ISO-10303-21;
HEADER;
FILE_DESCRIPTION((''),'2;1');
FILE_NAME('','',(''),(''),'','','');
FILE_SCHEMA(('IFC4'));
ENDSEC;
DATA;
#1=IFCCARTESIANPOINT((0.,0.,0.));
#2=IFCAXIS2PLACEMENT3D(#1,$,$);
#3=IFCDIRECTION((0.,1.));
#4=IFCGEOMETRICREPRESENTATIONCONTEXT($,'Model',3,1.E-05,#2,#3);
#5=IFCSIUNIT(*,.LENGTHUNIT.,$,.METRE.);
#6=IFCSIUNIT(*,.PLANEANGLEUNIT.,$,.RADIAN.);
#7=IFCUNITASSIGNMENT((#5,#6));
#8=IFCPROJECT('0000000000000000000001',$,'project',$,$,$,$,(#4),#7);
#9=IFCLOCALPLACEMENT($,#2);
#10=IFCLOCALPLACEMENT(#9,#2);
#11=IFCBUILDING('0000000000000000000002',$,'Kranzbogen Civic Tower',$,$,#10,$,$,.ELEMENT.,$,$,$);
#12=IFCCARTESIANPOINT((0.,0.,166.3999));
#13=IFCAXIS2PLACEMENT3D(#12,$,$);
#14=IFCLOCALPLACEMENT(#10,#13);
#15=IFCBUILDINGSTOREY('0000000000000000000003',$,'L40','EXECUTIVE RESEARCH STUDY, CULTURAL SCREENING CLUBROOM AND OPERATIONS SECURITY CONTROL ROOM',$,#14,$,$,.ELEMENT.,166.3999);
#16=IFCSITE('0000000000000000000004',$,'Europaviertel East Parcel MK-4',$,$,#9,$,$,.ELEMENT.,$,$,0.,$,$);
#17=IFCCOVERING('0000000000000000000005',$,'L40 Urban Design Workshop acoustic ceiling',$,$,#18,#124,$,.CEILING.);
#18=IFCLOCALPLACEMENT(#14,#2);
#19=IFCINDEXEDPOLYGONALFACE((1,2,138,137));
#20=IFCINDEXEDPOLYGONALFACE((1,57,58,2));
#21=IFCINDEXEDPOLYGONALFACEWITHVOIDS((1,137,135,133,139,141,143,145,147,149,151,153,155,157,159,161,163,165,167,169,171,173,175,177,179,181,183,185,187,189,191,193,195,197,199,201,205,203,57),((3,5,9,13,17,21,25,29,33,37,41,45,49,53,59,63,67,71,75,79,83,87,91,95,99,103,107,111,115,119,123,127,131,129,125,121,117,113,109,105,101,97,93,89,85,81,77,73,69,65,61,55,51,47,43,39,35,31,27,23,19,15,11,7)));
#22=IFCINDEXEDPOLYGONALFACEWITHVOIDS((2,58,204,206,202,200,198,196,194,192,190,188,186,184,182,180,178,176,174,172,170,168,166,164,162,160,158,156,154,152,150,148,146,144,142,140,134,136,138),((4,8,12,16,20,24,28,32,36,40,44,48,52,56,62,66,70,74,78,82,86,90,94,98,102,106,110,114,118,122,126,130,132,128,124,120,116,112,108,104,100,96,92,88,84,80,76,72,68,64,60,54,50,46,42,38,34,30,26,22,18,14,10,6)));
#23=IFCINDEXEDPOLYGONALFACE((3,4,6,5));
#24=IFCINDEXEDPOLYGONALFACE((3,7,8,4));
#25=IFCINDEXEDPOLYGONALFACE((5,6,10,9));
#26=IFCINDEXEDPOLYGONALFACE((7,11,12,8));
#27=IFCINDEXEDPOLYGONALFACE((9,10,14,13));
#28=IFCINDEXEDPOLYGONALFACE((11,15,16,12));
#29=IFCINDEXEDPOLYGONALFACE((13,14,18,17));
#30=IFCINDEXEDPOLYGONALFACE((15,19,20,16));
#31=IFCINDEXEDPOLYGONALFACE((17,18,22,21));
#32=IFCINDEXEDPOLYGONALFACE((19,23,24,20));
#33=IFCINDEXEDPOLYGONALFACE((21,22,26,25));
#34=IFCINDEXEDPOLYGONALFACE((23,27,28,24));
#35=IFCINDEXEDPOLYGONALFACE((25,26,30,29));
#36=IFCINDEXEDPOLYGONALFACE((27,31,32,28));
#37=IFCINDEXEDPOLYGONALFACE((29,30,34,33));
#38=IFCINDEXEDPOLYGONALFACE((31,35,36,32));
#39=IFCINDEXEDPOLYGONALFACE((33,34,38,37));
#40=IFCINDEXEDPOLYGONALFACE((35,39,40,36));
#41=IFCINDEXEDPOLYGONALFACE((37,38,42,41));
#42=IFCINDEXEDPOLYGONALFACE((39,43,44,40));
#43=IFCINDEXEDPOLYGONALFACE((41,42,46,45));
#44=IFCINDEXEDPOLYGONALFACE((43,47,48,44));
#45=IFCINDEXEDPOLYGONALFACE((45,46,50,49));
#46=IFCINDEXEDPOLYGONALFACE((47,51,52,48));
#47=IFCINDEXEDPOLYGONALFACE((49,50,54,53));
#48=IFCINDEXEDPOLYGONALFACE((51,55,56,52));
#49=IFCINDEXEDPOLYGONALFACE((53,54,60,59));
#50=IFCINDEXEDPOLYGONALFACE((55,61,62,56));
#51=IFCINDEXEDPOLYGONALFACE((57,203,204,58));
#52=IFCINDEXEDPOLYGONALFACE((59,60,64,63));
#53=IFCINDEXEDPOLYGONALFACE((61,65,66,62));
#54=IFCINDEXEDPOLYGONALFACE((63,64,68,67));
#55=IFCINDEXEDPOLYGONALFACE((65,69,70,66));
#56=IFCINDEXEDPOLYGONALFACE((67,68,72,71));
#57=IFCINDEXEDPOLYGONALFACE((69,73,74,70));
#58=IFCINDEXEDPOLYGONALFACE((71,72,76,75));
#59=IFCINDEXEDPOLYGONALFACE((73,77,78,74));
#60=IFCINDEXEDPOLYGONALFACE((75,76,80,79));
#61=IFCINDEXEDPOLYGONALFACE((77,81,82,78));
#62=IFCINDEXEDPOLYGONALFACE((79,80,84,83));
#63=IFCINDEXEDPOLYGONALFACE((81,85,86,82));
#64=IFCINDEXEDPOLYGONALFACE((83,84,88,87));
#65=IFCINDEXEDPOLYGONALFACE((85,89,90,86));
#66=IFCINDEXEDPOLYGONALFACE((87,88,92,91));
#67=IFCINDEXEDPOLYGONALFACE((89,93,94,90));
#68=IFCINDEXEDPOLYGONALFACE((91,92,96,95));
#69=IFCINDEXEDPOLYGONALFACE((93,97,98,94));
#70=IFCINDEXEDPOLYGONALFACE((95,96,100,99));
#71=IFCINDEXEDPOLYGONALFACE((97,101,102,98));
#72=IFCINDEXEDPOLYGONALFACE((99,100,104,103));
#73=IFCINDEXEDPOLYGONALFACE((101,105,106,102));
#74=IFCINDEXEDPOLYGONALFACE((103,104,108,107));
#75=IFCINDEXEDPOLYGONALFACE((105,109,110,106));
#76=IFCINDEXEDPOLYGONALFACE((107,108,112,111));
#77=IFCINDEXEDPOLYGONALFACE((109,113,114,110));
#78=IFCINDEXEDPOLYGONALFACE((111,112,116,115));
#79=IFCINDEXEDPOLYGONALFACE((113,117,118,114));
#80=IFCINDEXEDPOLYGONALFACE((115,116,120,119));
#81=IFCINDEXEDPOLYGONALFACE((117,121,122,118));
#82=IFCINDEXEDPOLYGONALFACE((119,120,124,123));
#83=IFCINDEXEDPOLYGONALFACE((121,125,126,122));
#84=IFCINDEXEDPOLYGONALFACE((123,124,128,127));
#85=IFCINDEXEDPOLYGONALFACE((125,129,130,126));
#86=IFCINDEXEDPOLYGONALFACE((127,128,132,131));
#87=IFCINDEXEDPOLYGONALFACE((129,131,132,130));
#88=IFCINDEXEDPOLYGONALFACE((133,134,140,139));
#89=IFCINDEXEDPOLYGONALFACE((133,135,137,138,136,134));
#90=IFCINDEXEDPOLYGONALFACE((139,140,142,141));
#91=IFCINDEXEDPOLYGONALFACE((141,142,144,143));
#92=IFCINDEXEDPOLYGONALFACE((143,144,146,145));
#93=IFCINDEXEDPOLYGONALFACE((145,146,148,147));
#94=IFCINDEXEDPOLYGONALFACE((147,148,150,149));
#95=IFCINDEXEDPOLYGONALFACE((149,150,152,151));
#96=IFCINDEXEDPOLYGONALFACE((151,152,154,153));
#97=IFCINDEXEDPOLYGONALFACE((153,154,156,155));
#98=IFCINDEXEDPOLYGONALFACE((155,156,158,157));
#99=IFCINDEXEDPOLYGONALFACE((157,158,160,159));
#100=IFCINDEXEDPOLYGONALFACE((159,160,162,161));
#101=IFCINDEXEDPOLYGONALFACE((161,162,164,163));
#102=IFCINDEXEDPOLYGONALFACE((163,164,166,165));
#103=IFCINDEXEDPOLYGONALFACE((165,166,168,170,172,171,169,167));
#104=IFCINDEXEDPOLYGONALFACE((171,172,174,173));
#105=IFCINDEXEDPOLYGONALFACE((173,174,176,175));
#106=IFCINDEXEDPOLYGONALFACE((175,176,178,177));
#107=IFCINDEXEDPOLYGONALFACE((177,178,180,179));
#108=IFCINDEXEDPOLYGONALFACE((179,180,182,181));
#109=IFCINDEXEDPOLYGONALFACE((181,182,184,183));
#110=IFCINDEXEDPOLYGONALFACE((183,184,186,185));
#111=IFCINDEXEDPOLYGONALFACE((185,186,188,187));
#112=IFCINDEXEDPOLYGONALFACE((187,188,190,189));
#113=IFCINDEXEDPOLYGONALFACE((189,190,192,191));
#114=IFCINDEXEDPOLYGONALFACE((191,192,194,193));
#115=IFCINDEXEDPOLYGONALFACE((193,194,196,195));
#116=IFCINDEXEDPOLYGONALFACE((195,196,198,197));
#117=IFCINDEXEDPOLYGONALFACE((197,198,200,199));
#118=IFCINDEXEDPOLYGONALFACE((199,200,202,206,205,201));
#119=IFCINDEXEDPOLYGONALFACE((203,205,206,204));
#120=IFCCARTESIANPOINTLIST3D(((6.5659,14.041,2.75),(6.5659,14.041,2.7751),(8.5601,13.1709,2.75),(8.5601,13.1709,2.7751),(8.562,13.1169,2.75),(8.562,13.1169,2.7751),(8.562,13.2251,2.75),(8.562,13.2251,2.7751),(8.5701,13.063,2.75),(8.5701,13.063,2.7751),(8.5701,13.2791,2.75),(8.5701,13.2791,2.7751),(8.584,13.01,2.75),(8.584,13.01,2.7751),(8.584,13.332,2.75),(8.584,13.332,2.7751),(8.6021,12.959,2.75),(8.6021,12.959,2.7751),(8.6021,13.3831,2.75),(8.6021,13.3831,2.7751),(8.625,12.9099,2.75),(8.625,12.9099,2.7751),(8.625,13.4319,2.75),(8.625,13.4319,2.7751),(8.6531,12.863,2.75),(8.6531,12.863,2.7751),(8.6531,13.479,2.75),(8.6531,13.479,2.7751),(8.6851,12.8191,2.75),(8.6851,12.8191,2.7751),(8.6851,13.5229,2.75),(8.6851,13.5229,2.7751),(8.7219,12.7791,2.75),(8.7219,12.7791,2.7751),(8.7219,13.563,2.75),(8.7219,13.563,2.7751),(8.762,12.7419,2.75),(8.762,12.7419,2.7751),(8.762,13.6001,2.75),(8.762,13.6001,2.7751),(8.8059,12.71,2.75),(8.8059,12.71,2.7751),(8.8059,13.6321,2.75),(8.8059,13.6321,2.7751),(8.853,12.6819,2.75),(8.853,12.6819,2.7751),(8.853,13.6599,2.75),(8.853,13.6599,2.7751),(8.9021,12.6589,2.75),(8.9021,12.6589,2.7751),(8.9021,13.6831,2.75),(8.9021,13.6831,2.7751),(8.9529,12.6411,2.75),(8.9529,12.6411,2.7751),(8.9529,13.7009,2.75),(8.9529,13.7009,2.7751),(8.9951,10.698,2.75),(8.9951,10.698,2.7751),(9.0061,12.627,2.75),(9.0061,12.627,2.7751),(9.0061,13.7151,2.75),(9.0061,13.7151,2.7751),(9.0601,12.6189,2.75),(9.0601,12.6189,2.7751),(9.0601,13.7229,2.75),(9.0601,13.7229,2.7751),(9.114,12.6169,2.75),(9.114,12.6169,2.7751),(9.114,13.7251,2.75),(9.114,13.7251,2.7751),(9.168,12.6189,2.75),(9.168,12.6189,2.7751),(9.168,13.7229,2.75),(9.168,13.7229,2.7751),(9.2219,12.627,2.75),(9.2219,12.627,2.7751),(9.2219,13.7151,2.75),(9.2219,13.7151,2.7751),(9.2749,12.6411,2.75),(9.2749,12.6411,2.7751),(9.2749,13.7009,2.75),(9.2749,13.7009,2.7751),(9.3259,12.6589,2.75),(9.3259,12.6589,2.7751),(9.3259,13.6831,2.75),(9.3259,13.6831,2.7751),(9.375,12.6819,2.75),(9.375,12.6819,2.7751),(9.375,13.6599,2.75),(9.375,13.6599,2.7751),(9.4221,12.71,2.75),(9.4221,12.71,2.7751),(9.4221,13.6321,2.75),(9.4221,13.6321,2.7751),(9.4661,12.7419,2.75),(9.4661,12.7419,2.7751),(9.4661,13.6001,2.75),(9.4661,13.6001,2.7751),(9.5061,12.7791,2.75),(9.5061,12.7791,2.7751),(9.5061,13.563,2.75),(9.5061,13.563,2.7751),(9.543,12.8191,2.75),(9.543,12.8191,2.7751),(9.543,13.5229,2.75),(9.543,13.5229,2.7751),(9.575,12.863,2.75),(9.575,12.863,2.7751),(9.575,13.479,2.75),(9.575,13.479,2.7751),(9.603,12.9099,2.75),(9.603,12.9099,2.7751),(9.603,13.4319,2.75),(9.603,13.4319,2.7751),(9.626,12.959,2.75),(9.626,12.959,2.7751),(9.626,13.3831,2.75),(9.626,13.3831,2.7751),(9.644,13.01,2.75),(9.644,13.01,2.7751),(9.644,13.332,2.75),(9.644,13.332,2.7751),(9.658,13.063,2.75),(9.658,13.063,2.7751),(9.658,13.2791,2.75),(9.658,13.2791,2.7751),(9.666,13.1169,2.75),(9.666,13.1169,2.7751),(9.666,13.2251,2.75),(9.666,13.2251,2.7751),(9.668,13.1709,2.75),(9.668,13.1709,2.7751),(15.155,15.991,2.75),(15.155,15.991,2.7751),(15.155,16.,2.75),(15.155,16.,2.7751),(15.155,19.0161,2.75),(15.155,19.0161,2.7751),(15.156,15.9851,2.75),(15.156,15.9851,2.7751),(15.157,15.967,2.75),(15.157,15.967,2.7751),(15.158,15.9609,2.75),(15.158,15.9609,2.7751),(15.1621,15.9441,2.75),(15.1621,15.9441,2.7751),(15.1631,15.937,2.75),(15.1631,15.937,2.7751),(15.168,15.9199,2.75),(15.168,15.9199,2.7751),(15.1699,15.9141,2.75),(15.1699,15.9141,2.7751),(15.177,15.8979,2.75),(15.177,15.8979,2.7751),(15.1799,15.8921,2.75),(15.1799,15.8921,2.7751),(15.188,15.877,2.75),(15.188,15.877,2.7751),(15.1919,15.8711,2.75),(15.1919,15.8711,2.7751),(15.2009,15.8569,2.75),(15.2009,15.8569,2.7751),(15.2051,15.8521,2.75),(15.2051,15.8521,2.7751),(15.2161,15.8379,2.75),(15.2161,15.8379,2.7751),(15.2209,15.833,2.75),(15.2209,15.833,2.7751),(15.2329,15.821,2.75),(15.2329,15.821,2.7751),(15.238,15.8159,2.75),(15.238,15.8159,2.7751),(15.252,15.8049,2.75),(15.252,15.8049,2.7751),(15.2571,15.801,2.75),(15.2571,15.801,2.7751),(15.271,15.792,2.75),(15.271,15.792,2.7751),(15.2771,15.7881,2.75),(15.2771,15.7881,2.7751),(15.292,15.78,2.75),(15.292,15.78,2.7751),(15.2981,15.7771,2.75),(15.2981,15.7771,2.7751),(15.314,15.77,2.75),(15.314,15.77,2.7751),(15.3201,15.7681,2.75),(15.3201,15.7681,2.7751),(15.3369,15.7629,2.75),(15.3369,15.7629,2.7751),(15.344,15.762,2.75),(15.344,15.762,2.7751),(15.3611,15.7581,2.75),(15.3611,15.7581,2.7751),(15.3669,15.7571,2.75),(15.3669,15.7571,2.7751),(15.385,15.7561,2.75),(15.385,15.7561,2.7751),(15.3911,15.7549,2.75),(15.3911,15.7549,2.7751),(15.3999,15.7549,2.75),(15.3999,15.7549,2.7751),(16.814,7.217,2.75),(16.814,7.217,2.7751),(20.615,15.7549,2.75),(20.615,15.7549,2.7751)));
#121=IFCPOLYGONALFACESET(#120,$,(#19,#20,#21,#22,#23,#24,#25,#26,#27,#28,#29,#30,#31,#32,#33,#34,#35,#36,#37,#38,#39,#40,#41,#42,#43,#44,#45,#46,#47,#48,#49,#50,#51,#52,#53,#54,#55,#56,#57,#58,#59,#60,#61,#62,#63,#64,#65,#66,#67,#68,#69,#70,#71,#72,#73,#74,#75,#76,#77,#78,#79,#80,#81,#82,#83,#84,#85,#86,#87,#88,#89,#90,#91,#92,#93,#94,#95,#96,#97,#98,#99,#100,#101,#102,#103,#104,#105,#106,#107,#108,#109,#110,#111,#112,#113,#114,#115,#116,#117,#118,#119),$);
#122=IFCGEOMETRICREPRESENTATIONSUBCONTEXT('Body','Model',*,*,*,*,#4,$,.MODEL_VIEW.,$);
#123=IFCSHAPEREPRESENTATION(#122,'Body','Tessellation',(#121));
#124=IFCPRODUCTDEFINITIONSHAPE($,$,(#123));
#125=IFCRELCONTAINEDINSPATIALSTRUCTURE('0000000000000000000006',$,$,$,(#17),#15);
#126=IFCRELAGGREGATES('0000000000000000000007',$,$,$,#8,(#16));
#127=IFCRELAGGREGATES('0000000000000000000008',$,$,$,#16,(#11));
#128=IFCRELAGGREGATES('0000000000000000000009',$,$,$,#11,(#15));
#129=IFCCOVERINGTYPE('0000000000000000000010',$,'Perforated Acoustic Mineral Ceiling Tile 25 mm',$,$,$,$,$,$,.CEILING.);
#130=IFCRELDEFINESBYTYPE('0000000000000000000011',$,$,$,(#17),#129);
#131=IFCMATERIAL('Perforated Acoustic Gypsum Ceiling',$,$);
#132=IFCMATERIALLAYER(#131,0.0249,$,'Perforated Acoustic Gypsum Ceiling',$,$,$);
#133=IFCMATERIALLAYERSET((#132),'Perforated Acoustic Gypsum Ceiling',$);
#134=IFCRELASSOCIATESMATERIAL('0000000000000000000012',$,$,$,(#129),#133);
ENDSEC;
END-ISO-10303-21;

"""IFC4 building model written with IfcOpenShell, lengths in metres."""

from ifc_helpers import new_model, si_unit, direction, frame, origin, place, context, subcontext, project, spatial, polyline, outline, extrude, material, layer, layer_set, type_object, element, save


model = new_model("IFC4")

# Units and contexts
model_context = context("Model", 3, precision=1e-05, world=origin(), true_north=direction((0.0, 1.0)))
body_context = subcontext(model_context, "Body", "Model", "MODEL_VIEW")
ifc_project = project(units=[si_unit("LENGTHUNIT", "METRE"), si_unit("PLANEANGLEUNIT", "RADIAN")], contexts=[model_context])

# Site, building, storey
site_placement = place(None, origin())
site = spatial("IfcSite", under=ifc_project, at=site_placement, Name="Europaviertel East Parcel MK-4", CompositionType="ELEMENT", RefElevation=0.0)
building_placement = place(site_placement, origin())
building = spatial("IfcBuilding", under=site, at=building_placement, Name="Kranzbogen Civic Tower", CompositionType="ELEMENT")
storey_placement = place(building_placement, frame((0.0, 0.0, 166.3999)))
storey = spatial("IfcBuildingStorey", under=building, at=storey_placement, Name="L40", Description="EXECUTIVE RESEARCH STUDY, CULTURAL SCREENING CLUBROOM AND OPERATIONS SECURITY CONTROL ROOM", CompositionType="ELEMENT", Elevation=166.3999)

# Covering
ifc_material_1 = material(Name="Perforated Acoustic Gypsum Ceiling")
ifc_layer_1 = layer(ifc_material_1, 0.0249, Name="Perforated Acoustic Gypsum Ceiling")
ifc_layer_set_1 = layer_set([ifc_layer_1], Name="Perforated Acoustic Gypsum Ceiling")
covering_type = type_object("IfcCoveringType", Name="Perforated Acoustic Mineral Ceiling Tile 25 mm", PredefinedType="CEILING", material=ifc_layer_set_1)
covering_1_placement = place(storey_placement, frame((0.0, 0.0, 2.75)))
element("IfcCovering", 1, at=covering_1_placement, inside=storey, type_object=covering_type, Name="L40 Urban Design Workshop acoustic ceiling", PredefinedType="CEILING", context=body_context, shape_type="SweptSolid", body=[
    extrude(outline(polyline([(6.5659, 14.041), (15.155, 19.0161), (15.155, 16.0), (15.155, 15.991), (15.156, 15.9851), (15.157, 15.967), (15.158, 15.9609), (15.1621, 15.9441), (15.1631, 15.937), (15.168, 15.9199), (15.1699, 15.9141), (15.177, 15.8979), (15.1799, 15.8921), (15.188, 15.877), (15.1919, 15.8711), (15.2009, 15.8569), (15.2051, 15.8521), (15.2161, 15.8379), (15.2209, 15.833), (15.2329, 15.821), (15.238, 15.8159), (15.252, 15.8049), (15.2571, 15.801), (15.271, 15.792), (15.2771, 15.7881), (15.292, 15.78), (15.2981, 15.7771), (15.314, 15.77), (15.3201, 15.7681), (15.3369, 15.7629), (15.344, 15.762), (15.3611, 15.7581), (15.3669, 15.7571), (15.385, 15.7561), (15.3911, 15.7549), (15.3999, 15.7549), (20.615, 15.7549), (16.814, 7.217), (8.9951, 10.698), (6.5659, 14.041)]), holes=[polyline([(9.626, 12.959), (9.603, 12.9099), (9.575, 12.863), (9.543, 12.8191), (9.5061, 12.7791), (9.4661, 12.7419), (9.4221, 12.71), (9.375, 12.6819), (9.3259, 12.6589), (9.2749, 12.6411), (9.2219, 12.627), (9.168, 12.6189), (9.114, 12.6169), (9.0601, 12.6189), (9.0061, 12.627), (8.9529, 12.6411), (8.9021, 12.6589), (8.853, 12.6819), (8.8059, 12.71), (8.762, 12.7419), (8.7219, 12.7791), (8.6851, 12.8191), (8.6531, 12.863), (8.625, 12.9099), (8.6021, 12.959), (8.584, 13.01), (8.5701, 13.063), (8.562, 13.1169), (8.5601, 13.1709), (8.562, 13.2251), (8.5701, 13.2791), (8.584, 13.332), (8.6021, 13.3831), (8.625, 13.4319), (8.6531, 13.479), (8.6851, 13.5229), (8.7219, 13.563), (8.762, 13.6001), (8.8059, 13.6321), (8.853, 13.6599), (8.9021, 13.6831), (8.9529, 13.7009), (9.0061, 13.7151), (9.0601, 13.7229), (9.114, 13.7251), (9.168, 13.7229), (9.2219, 13.7151), (9.2749, 13.7009), (9.3259, 13.6831), (9.375, 13.6599), (9.4221, 13.6321), (9.4661, 13.6001), (9.5061, 13.563), (9.543, 13.5229), (9.575, 13.479), (9.603, 13.4319), (9.626, 13.3831), (9.644, 13.332), (9.658, 13.2791), (9.666, 13.2251), (9.668, 13.1709), (9.666, 13.1169), (9.658, 13.063), (9.644, 13.01), (9.626, 12.959)])]), origin(), (0.0, 0.0, 1.0), 0.0251),
])

save(model, "model.ifc")
